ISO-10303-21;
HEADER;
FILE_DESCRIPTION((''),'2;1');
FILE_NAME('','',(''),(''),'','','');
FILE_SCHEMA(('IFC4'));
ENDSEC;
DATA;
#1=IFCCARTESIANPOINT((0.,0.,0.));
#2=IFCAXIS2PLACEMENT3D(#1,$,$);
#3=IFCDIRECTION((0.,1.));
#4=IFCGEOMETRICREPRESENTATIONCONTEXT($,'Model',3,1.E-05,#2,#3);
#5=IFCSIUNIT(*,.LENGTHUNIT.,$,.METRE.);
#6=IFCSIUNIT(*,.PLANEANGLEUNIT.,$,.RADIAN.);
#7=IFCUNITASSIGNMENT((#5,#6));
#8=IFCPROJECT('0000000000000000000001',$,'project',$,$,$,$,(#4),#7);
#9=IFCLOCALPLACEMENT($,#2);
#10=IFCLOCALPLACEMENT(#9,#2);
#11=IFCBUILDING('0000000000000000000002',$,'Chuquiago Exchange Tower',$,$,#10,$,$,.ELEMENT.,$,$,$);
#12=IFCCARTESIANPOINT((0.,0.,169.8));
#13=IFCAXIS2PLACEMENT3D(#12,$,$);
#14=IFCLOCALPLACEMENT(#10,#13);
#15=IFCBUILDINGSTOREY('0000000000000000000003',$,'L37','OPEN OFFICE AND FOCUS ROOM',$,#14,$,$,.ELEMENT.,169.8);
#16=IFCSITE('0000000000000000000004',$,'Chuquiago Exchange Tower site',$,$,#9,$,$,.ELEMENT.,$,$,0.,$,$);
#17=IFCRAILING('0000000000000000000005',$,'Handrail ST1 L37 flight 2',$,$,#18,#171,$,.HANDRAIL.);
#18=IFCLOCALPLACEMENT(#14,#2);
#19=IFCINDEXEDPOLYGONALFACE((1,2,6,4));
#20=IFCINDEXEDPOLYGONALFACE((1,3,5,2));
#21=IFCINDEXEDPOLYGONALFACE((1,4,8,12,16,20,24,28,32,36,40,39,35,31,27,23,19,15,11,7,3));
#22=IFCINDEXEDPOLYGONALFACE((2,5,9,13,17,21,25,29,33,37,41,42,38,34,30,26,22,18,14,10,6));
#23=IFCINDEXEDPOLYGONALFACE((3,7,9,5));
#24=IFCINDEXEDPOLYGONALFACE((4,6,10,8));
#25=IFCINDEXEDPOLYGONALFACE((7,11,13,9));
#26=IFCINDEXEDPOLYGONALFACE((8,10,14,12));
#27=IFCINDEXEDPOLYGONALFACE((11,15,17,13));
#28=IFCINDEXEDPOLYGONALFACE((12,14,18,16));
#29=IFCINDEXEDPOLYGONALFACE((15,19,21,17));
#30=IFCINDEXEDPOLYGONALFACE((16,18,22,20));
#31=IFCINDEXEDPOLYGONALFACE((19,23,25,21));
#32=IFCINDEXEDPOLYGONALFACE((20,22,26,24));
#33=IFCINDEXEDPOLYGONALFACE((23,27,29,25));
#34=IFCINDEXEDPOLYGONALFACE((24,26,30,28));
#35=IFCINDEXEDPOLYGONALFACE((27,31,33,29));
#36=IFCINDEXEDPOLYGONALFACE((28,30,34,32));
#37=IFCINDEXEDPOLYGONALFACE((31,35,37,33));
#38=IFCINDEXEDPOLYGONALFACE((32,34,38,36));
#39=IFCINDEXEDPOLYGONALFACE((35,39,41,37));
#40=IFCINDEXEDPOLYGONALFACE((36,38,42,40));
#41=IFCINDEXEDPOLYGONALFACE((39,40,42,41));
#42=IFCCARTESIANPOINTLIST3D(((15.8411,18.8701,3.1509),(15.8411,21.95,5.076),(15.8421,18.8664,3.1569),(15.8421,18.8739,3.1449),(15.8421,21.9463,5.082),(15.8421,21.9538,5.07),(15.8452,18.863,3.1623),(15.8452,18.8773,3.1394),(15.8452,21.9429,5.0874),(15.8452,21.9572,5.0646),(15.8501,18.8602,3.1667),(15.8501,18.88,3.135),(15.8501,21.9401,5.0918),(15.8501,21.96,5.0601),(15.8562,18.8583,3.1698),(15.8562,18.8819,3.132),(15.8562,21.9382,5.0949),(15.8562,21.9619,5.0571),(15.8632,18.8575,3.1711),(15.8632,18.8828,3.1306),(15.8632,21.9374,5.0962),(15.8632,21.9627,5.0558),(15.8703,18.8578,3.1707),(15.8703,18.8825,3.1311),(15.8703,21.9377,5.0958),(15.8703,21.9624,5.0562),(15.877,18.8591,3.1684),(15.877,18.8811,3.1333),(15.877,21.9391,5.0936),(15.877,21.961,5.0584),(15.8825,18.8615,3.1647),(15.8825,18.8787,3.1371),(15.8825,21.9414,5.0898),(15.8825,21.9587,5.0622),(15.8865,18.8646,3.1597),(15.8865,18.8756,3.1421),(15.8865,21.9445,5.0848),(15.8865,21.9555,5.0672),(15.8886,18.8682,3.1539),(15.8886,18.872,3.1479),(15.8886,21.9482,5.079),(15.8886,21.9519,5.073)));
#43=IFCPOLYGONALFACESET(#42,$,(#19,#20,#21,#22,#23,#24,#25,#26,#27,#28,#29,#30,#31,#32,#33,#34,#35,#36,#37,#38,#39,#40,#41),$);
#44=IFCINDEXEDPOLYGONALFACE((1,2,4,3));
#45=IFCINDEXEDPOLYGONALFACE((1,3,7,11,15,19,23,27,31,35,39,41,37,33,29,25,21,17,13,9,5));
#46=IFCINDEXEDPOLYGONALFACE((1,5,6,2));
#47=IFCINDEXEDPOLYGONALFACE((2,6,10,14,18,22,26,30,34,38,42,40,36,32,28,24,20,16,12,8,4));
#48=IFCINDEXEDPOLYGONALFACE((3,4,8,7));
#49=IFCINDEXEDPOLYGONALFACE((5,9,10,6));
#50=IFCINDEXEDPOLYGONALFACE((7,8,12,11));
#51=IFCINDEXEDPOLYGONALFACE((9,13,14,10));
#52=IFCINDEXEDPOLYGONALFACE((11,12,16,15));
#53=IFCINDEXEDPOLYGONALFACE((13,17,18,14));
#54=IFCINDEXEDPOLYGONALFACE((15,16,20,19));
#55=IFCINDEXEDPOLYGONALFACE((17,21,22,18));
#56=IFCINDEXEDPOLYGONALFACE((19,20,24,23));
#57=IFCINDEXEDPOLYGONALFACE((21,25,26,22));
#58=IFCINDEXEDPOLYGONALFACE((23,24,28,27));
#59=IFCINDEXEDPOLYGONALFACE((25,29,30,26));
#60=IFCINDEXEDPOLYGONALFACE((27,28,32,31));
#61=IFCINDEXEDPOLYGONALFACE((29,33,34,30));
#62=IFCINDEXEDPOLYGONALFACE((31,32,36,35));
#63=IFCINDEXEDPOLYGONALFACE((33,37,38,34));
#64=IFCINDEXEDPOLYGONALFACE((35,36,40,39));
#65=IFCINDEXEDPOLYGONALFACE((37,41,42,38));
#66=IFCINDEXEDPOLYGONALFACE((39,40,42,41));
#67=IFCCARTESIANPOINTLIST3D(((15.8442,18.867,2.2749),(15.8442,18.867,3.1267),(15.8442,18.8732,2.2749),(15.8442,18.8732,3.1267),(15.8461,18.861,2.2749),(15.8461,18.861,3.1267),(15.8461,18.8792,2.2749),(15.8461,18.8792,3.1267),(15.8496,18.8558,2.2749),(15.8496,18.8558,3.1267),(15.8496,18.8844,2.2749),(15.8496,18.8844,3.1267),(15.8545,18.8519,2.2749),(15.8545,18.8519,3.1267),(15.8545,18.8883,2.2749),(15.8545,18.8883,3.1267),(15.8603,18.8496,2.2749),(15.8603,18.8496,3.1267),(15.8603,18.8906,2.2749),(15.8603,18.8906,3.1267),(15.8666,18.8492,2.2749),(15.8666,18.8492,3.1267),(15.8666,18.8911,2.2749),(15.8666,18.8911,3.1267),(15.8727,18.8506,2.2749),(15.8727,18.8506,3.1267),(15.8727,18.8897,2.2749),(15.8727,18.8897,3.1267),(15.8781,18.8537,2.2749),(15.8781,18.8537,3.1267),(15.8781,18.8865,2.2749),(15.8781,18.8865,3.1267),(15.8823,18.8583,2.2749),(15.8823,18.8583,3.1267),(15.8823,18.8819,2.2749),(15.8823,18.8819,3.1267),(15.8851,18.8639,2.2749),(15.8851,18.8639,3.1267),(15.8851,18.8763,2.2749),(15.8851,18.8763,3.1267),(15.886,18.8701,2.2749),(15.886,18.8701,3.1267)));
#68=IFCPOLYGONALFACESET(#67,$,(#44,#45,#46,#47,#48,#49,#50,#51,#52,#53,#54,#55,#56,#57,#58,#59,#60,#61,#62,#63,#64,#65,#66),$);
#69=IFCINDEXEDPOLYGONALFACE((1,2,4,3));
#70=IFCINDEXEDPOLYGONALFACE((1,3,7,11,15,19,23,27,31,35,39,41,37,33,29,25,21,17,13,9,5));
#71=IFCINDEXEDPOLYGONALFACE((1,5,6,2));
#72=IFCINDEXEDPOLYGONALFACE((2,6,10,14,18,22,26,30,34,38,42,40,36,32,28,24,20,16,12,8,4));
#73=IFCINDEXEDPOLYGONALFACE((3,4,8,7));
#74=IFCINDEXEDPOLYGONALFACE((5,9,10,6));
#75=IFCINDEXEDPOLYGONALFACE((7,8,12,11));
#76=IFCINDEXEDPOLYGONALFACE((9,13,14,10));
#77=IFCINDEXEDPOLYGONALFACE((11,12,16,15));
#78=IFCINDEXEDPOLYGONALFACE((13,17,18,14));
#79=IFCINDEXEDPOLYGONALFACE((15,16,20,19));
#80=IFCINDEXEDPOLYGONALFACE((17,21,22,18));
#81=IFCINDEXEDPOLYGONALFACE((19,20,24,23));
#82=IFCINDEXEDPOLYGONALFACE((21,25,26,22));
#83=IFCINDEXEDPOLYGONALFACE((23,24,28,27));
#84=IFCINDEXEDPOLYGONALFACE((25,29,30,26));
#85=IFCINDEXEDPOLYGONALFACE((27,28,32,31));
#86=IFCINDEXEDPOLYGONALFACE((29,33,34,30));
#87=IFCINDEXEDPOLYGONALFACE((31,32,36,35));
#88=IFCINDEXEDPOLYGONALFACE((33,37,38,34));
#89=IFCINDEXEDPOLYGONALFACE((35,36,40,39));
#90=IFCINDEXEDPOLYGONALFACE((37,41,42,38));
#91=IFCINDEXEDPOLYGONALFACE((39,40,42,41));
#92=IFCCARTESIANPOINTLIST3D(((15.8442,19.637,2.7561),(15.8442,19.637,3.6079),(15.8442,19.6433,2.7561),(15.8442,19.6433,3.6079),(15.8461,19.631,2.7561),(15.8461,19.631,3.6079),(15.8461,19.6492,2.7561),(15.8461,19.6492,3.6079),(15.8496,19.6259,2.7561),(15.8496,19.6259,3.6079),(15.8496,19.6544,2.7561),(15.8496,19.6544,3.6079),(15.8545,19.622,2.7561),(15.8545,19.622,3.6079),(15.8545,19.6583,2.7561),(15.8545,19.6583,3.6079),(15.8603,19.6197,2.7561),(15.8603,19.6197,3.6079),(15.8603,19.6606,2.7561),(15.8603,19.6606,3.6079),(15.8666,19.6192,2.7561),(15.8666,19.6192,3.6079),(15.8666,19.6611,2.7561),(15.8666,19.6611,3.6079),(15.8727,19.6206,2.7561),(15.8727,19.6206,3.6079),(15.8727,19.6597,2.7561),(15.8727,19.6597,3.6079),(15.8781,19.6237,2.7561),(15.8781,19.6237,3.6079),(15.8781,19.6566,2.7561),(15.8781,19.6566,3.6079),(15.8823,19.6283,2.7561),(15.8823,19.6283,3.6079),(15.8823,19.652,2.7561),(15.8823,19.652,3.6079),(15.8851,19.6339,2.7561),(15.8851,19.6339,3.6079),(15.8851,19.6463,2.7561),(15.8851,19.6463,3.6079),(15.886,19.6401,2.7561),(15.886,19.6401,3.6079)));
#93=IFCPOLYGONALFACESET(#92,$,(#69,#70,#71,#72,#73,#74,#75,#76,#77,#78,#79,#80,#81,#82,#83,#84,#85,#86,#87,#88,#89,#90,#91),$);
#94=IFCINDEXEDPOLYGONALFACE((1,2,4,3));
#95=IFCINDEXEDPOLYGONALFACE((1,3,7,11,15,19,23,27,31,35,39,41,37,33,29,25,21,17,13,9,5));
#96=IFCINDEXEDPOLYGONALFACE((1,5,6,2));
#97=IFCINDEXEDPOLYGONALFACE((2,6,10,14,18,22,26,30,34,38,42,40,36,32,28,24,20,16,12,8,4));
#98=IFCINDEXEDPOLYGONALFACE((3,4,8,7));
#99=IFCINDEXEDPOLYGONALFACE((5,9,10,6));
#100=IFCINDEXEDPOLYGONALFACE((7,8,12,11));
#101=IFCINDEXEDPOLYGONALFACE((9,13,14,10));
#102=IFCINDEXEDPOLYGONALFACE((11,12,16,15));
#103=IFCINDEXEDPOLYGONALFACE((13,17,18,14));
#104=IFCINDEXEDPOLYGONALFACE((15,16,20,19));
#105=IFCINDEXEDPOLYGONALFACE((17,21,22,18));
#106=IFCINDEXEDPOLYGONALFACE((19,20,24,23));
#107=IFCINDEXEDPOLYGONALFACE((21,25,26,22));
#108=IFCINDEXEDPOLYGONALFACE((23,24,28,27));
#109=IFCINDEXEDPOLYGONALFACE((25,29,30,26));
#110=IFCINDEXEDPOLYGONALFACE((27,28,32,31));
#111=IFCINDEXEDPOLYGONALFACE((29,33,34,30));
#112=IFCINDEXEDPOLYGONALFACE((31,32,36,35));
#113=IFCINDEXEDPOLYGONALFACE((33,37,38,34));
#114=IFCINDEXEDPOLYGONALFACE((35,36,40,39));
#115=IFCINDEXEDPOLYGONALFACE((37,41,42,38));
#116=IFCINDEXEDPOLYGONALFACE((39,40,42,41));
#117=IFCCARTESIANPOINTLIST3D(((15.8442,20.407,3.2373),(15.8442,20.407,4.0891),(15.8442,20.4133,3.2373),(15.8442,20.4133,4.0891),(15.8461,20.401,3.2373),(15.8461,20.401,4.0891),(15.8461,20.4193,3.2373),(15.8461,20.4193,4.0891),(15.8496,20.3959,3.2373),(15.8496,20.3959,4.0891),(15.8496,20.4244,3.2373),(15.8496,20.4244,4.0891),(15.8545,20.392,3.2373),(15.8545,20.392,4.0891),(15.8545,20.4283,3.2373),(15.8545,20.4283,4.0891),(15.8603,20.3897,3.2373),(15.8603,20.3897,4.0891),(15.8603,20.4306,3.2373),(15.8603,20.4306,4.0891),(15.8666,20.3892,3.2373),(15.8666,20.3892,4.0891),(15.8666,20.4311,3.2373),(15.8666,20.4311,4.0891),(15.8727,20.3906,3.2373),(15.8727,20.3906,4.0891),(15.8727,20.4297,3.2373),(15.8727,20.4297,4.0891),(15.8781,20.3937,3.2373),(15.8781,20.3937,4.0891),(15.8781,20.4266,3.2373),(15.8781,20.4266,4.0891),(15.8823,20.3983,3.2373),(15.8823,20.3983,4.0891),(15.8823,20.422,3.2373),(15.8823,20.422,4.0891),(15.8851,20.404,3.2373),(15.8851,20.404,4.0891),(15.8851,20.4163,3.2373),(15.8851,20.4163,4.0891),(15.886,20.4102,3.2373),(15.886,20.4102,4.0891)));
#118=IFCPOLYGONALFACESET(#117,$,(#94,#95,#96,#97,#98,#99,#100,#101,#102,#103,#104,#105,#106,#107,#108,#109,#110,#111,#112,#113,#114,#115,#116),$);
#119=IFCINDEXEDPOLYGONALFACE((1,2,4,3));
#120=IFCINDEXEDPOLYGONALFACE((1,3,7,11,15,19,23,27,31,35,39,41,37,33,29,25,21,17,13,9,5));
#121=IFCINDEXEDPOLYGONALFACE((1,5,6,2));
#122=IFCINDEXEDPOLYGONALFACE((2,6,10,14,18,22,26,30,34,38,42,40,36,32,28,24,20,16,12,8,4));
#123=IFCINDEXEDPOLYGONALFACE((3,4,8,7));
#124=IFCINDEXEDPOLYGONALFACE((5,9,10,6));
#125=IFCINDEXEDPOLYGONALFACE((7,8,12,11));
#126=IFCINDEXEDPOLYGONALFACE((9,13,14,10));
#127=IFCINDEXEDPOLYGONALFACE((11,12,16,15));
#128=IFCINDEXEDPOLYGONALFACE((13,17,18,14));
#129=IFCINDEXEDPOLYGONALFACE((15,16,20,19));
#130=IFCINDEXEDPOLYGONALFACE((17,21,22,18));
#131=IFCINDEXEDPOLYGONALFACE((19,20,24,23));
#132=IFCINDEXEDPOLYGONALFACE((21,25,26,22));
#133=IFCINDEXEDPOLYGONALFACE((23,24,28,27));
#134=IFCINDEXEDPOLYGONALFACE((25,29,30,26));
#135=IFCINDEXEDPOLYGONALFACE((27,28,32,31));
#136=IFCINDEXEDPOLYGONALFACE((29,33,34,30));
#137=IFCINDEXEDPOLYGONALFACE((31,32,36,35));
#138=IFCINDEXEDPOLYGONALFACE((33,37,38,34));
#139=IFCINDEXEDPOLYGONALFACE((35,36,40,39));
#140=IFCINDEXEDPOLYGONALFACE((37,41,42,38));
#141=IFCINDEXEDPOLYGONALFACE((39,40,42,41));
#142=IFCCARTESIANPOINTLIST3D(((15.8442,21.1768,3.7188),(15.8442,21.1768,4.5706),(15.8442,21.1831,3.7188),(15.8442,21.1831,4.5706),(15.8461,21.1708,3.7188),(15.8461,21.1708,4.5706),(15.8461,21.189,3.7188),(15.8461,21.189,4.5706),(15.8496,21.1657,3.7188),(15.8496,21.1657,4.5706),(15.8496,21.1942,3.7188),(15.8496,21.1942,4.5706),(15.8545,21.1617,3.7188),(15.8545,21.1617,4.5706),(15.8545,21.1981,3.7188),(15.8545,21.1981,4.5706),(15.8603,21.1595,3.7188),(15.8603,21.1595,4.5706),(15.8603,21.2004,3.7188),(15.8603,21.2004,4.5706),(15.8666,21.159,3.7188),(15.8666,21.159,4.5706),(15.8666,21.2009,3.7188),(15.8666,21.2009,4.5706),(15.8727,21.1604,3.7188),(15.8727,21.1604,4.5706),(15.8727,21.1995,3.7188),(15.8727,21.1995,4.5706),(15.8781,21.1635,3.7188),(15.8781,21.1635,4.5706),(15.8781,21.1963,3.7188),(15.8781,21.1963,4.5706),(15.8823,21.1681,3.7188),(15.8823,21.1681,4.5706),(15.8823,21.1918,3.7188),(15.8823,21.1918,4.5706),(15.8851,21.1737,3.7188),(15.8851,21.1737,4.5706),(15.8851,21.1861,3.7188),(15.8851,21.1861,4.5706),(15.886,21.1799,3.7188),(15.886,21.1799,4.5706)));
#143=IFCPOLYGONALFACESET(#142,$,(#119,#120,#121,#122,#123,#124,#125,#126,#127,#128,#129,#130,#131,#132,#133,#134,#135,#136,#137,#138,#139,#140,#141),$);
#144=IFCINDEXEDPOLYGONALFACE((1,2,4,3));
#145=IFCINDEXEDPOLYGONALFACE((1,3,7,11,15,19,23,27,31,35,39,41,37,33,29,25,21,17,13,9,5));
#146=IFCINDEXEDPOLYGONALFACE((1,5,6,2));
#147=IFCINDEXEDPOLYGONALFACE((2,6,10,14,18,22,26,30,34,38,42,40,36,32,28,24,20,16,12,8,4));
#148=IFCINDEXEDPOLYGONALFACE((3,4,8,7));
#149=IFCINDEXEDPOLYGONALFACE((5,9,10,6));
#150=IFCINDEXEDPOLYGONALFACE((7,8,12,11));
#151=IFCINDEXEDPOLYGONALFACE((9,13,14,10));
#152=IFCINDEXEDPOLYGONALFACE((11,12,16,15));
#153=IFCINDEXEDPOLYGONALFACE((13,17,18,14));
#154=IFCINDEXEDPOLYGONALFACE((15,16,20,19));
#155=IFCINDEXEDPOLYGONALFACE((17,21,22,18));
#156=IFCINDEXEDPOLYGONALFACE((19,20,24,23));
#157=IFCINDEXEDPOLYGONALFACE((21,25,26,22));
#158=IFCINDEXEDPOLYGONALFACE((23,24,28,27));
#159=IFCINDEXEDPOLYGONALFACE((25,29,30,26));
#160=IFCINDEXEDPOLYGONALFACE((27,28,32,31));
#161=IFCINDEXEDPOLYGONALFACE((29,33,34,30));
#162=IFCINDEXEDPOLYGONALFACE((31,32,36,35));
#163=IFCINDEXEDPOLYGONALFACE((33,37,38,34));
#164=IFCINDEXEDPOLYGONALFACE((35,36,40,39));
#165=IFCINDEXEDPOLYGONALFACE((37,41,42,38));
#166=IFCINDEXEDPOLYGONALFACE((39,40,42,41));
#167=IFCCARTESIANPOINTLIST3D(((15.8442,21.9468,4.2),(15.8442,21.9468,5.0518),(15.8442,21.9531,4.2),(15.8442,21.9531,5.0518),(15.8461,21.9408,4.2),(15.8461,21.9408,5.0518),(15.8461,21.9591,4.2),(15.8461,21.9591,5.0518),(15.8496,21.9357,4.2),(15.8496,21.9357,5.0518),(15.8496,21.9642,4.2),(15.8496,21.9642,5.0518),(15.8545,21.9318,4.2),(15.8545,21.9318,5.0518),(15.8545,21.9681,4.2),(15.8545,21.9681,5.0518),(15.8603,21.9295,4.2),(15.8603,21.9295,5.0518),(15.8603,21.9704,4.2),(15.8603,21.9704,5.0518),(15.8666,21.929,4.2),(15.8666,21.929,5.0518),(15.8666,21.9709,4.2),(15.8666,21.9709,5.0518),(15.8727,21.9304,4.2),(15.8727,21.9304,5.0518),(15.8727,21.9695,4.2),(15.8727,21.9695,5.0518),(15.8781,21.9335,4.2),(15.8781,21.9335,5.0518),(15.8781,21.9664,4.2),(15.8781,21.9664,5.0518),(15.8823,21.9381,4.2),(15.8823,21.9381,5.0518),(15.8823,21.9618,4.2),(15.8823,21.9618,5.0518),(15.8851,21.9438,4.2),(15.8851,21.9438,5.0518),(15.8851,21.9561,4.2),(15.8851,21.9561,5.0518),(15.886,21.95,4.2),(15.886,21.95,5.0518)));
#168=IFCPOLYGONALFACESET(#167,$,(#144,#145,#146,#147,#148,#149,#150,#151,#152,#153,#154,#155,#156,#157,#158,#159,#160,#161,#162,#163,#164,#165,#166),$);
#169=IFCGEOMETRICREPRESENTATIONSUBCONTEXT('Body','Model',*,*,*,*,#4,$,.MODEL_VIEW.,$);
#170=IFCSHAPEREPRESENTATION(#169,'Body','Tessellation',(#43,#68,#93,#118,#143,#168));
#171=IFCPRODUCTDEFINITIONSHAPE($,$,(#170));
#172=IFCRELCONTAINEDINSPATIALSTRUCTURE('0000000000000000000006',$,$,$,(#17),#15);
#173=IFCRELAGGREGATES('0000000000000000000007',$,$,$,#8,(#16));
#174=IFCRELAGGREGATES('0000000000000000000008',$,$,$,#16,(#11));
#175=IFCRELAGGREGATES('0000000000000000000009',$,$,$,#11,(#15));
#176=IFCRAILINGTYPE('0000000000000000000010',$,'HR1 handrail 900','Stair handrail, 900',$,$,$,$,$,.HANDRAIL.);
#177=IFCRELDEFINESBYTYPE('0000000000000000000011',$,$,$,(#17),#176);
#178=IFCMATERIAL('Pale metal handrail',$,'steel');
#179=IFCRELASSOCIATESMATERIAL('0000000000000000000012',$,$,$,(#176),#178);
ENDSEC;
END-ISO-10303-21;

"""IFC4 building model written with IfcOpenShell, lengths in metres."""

from ifc_helpers import new_model, si_unit, direction, frame, origin, origin_2d, place, context, subcontext, project, spatial, circle, extrude, material, type_object, element, save


model = new_model("IFC4")

# Units and contexts
model_context = context("Model", 3, precision=1e-05, world=origin(), true_north=direction((0.0, 1.0)))
body_context = subcontext(model_context, "Body", "Model", "MODEL_VIEW")
ifc_project = project(units=[si_unit("LENGTHUNIT", "METRE"), si_unit("PLANEANGLEUNIT", "RADIAN")], contexts=[model_context])

# Site, building, storey
site_placement = place(None, origin())
site = spatial("IfcSite", under=ifc_project, at=site_placement, Name="Chuquiago Exchange Tower site", CompositionType="ELEMENT", RefElevation=0.0)
building_placement = place(site_placement, origin())
building = spatial("IfcBuilding", under=site, at=building_placement, Name="Chuquiago Exchange Tower", CompositionType="ELEMENT")
storey_placement = place(building_placement, frame((0.0, 0.0, 169.8)))
storey = spatial("IfcBuildingStorey", under=building, at=storey_placement, Name="L37", Description="OPEN OFFICE AND FOCUS ROOM", CompositionType="ELEMENT", Elevation=169.8)

# Railing
ifc_material_1 = material(Name="Pale metal handrail", Category="steel")
railing_type_1 = type_object("IfcRailingType", Name="HR1 handrail 900", Description="Stair handrail, 900", PredefinedType="HANDRAIL", material=ifc_material_1)
for number, where, name in (
    (1, (15.865, 18.8701, 2.2749), "Handrail ST1 L37 flight 2"),
):
    element("IfcRailing", number, at=place(storey_placement, frame(where)), inside=storey, type_object=railing_type_1, Name=name, PredefinedType="HANDRAIL", context=body_context, shape_type="SweptSolid", body=[
        extrude(circle(Radius=0.0239, at=origin_2d()), frame((0.0, 0.0, 0.876), z_axis=(0.0, 0.847979, 0.530029), x_axis=(-1.0, 0.0, 0.0)), (0.0, 0.0, 1.0), 3.6321),
        extrude(circle(Radius=0.021, at=origin_2d()), origin(), (0.0, 0.0, 1.0), 0.8518),
        extrude(circle(Radius=0.021, at=origin_2d()), frame((0.0, 0.77, 0.4812)), (0.0, 0.0, 1.0), 0.8518),
        extrude(circle(Radius=0.021, at=origin_2d()), frame((0.0, 1.54, 0.9624)), (0.0, 0.0, 1.0), 0.8518),
        extrude(circle(Radius=0.021, at=origin_2d()), frame((0.0, 2.3098, 1.4438)), (0.0, 0.0, 1.0), 0.8518),
        extrude(circle(Radius=0.021, at=origin_2d()), frame((0.0, 3.0798, 1.925)), (0.0, 0.0, 1.0), 0.8518),
    ])

save(model, "model.ifc")
